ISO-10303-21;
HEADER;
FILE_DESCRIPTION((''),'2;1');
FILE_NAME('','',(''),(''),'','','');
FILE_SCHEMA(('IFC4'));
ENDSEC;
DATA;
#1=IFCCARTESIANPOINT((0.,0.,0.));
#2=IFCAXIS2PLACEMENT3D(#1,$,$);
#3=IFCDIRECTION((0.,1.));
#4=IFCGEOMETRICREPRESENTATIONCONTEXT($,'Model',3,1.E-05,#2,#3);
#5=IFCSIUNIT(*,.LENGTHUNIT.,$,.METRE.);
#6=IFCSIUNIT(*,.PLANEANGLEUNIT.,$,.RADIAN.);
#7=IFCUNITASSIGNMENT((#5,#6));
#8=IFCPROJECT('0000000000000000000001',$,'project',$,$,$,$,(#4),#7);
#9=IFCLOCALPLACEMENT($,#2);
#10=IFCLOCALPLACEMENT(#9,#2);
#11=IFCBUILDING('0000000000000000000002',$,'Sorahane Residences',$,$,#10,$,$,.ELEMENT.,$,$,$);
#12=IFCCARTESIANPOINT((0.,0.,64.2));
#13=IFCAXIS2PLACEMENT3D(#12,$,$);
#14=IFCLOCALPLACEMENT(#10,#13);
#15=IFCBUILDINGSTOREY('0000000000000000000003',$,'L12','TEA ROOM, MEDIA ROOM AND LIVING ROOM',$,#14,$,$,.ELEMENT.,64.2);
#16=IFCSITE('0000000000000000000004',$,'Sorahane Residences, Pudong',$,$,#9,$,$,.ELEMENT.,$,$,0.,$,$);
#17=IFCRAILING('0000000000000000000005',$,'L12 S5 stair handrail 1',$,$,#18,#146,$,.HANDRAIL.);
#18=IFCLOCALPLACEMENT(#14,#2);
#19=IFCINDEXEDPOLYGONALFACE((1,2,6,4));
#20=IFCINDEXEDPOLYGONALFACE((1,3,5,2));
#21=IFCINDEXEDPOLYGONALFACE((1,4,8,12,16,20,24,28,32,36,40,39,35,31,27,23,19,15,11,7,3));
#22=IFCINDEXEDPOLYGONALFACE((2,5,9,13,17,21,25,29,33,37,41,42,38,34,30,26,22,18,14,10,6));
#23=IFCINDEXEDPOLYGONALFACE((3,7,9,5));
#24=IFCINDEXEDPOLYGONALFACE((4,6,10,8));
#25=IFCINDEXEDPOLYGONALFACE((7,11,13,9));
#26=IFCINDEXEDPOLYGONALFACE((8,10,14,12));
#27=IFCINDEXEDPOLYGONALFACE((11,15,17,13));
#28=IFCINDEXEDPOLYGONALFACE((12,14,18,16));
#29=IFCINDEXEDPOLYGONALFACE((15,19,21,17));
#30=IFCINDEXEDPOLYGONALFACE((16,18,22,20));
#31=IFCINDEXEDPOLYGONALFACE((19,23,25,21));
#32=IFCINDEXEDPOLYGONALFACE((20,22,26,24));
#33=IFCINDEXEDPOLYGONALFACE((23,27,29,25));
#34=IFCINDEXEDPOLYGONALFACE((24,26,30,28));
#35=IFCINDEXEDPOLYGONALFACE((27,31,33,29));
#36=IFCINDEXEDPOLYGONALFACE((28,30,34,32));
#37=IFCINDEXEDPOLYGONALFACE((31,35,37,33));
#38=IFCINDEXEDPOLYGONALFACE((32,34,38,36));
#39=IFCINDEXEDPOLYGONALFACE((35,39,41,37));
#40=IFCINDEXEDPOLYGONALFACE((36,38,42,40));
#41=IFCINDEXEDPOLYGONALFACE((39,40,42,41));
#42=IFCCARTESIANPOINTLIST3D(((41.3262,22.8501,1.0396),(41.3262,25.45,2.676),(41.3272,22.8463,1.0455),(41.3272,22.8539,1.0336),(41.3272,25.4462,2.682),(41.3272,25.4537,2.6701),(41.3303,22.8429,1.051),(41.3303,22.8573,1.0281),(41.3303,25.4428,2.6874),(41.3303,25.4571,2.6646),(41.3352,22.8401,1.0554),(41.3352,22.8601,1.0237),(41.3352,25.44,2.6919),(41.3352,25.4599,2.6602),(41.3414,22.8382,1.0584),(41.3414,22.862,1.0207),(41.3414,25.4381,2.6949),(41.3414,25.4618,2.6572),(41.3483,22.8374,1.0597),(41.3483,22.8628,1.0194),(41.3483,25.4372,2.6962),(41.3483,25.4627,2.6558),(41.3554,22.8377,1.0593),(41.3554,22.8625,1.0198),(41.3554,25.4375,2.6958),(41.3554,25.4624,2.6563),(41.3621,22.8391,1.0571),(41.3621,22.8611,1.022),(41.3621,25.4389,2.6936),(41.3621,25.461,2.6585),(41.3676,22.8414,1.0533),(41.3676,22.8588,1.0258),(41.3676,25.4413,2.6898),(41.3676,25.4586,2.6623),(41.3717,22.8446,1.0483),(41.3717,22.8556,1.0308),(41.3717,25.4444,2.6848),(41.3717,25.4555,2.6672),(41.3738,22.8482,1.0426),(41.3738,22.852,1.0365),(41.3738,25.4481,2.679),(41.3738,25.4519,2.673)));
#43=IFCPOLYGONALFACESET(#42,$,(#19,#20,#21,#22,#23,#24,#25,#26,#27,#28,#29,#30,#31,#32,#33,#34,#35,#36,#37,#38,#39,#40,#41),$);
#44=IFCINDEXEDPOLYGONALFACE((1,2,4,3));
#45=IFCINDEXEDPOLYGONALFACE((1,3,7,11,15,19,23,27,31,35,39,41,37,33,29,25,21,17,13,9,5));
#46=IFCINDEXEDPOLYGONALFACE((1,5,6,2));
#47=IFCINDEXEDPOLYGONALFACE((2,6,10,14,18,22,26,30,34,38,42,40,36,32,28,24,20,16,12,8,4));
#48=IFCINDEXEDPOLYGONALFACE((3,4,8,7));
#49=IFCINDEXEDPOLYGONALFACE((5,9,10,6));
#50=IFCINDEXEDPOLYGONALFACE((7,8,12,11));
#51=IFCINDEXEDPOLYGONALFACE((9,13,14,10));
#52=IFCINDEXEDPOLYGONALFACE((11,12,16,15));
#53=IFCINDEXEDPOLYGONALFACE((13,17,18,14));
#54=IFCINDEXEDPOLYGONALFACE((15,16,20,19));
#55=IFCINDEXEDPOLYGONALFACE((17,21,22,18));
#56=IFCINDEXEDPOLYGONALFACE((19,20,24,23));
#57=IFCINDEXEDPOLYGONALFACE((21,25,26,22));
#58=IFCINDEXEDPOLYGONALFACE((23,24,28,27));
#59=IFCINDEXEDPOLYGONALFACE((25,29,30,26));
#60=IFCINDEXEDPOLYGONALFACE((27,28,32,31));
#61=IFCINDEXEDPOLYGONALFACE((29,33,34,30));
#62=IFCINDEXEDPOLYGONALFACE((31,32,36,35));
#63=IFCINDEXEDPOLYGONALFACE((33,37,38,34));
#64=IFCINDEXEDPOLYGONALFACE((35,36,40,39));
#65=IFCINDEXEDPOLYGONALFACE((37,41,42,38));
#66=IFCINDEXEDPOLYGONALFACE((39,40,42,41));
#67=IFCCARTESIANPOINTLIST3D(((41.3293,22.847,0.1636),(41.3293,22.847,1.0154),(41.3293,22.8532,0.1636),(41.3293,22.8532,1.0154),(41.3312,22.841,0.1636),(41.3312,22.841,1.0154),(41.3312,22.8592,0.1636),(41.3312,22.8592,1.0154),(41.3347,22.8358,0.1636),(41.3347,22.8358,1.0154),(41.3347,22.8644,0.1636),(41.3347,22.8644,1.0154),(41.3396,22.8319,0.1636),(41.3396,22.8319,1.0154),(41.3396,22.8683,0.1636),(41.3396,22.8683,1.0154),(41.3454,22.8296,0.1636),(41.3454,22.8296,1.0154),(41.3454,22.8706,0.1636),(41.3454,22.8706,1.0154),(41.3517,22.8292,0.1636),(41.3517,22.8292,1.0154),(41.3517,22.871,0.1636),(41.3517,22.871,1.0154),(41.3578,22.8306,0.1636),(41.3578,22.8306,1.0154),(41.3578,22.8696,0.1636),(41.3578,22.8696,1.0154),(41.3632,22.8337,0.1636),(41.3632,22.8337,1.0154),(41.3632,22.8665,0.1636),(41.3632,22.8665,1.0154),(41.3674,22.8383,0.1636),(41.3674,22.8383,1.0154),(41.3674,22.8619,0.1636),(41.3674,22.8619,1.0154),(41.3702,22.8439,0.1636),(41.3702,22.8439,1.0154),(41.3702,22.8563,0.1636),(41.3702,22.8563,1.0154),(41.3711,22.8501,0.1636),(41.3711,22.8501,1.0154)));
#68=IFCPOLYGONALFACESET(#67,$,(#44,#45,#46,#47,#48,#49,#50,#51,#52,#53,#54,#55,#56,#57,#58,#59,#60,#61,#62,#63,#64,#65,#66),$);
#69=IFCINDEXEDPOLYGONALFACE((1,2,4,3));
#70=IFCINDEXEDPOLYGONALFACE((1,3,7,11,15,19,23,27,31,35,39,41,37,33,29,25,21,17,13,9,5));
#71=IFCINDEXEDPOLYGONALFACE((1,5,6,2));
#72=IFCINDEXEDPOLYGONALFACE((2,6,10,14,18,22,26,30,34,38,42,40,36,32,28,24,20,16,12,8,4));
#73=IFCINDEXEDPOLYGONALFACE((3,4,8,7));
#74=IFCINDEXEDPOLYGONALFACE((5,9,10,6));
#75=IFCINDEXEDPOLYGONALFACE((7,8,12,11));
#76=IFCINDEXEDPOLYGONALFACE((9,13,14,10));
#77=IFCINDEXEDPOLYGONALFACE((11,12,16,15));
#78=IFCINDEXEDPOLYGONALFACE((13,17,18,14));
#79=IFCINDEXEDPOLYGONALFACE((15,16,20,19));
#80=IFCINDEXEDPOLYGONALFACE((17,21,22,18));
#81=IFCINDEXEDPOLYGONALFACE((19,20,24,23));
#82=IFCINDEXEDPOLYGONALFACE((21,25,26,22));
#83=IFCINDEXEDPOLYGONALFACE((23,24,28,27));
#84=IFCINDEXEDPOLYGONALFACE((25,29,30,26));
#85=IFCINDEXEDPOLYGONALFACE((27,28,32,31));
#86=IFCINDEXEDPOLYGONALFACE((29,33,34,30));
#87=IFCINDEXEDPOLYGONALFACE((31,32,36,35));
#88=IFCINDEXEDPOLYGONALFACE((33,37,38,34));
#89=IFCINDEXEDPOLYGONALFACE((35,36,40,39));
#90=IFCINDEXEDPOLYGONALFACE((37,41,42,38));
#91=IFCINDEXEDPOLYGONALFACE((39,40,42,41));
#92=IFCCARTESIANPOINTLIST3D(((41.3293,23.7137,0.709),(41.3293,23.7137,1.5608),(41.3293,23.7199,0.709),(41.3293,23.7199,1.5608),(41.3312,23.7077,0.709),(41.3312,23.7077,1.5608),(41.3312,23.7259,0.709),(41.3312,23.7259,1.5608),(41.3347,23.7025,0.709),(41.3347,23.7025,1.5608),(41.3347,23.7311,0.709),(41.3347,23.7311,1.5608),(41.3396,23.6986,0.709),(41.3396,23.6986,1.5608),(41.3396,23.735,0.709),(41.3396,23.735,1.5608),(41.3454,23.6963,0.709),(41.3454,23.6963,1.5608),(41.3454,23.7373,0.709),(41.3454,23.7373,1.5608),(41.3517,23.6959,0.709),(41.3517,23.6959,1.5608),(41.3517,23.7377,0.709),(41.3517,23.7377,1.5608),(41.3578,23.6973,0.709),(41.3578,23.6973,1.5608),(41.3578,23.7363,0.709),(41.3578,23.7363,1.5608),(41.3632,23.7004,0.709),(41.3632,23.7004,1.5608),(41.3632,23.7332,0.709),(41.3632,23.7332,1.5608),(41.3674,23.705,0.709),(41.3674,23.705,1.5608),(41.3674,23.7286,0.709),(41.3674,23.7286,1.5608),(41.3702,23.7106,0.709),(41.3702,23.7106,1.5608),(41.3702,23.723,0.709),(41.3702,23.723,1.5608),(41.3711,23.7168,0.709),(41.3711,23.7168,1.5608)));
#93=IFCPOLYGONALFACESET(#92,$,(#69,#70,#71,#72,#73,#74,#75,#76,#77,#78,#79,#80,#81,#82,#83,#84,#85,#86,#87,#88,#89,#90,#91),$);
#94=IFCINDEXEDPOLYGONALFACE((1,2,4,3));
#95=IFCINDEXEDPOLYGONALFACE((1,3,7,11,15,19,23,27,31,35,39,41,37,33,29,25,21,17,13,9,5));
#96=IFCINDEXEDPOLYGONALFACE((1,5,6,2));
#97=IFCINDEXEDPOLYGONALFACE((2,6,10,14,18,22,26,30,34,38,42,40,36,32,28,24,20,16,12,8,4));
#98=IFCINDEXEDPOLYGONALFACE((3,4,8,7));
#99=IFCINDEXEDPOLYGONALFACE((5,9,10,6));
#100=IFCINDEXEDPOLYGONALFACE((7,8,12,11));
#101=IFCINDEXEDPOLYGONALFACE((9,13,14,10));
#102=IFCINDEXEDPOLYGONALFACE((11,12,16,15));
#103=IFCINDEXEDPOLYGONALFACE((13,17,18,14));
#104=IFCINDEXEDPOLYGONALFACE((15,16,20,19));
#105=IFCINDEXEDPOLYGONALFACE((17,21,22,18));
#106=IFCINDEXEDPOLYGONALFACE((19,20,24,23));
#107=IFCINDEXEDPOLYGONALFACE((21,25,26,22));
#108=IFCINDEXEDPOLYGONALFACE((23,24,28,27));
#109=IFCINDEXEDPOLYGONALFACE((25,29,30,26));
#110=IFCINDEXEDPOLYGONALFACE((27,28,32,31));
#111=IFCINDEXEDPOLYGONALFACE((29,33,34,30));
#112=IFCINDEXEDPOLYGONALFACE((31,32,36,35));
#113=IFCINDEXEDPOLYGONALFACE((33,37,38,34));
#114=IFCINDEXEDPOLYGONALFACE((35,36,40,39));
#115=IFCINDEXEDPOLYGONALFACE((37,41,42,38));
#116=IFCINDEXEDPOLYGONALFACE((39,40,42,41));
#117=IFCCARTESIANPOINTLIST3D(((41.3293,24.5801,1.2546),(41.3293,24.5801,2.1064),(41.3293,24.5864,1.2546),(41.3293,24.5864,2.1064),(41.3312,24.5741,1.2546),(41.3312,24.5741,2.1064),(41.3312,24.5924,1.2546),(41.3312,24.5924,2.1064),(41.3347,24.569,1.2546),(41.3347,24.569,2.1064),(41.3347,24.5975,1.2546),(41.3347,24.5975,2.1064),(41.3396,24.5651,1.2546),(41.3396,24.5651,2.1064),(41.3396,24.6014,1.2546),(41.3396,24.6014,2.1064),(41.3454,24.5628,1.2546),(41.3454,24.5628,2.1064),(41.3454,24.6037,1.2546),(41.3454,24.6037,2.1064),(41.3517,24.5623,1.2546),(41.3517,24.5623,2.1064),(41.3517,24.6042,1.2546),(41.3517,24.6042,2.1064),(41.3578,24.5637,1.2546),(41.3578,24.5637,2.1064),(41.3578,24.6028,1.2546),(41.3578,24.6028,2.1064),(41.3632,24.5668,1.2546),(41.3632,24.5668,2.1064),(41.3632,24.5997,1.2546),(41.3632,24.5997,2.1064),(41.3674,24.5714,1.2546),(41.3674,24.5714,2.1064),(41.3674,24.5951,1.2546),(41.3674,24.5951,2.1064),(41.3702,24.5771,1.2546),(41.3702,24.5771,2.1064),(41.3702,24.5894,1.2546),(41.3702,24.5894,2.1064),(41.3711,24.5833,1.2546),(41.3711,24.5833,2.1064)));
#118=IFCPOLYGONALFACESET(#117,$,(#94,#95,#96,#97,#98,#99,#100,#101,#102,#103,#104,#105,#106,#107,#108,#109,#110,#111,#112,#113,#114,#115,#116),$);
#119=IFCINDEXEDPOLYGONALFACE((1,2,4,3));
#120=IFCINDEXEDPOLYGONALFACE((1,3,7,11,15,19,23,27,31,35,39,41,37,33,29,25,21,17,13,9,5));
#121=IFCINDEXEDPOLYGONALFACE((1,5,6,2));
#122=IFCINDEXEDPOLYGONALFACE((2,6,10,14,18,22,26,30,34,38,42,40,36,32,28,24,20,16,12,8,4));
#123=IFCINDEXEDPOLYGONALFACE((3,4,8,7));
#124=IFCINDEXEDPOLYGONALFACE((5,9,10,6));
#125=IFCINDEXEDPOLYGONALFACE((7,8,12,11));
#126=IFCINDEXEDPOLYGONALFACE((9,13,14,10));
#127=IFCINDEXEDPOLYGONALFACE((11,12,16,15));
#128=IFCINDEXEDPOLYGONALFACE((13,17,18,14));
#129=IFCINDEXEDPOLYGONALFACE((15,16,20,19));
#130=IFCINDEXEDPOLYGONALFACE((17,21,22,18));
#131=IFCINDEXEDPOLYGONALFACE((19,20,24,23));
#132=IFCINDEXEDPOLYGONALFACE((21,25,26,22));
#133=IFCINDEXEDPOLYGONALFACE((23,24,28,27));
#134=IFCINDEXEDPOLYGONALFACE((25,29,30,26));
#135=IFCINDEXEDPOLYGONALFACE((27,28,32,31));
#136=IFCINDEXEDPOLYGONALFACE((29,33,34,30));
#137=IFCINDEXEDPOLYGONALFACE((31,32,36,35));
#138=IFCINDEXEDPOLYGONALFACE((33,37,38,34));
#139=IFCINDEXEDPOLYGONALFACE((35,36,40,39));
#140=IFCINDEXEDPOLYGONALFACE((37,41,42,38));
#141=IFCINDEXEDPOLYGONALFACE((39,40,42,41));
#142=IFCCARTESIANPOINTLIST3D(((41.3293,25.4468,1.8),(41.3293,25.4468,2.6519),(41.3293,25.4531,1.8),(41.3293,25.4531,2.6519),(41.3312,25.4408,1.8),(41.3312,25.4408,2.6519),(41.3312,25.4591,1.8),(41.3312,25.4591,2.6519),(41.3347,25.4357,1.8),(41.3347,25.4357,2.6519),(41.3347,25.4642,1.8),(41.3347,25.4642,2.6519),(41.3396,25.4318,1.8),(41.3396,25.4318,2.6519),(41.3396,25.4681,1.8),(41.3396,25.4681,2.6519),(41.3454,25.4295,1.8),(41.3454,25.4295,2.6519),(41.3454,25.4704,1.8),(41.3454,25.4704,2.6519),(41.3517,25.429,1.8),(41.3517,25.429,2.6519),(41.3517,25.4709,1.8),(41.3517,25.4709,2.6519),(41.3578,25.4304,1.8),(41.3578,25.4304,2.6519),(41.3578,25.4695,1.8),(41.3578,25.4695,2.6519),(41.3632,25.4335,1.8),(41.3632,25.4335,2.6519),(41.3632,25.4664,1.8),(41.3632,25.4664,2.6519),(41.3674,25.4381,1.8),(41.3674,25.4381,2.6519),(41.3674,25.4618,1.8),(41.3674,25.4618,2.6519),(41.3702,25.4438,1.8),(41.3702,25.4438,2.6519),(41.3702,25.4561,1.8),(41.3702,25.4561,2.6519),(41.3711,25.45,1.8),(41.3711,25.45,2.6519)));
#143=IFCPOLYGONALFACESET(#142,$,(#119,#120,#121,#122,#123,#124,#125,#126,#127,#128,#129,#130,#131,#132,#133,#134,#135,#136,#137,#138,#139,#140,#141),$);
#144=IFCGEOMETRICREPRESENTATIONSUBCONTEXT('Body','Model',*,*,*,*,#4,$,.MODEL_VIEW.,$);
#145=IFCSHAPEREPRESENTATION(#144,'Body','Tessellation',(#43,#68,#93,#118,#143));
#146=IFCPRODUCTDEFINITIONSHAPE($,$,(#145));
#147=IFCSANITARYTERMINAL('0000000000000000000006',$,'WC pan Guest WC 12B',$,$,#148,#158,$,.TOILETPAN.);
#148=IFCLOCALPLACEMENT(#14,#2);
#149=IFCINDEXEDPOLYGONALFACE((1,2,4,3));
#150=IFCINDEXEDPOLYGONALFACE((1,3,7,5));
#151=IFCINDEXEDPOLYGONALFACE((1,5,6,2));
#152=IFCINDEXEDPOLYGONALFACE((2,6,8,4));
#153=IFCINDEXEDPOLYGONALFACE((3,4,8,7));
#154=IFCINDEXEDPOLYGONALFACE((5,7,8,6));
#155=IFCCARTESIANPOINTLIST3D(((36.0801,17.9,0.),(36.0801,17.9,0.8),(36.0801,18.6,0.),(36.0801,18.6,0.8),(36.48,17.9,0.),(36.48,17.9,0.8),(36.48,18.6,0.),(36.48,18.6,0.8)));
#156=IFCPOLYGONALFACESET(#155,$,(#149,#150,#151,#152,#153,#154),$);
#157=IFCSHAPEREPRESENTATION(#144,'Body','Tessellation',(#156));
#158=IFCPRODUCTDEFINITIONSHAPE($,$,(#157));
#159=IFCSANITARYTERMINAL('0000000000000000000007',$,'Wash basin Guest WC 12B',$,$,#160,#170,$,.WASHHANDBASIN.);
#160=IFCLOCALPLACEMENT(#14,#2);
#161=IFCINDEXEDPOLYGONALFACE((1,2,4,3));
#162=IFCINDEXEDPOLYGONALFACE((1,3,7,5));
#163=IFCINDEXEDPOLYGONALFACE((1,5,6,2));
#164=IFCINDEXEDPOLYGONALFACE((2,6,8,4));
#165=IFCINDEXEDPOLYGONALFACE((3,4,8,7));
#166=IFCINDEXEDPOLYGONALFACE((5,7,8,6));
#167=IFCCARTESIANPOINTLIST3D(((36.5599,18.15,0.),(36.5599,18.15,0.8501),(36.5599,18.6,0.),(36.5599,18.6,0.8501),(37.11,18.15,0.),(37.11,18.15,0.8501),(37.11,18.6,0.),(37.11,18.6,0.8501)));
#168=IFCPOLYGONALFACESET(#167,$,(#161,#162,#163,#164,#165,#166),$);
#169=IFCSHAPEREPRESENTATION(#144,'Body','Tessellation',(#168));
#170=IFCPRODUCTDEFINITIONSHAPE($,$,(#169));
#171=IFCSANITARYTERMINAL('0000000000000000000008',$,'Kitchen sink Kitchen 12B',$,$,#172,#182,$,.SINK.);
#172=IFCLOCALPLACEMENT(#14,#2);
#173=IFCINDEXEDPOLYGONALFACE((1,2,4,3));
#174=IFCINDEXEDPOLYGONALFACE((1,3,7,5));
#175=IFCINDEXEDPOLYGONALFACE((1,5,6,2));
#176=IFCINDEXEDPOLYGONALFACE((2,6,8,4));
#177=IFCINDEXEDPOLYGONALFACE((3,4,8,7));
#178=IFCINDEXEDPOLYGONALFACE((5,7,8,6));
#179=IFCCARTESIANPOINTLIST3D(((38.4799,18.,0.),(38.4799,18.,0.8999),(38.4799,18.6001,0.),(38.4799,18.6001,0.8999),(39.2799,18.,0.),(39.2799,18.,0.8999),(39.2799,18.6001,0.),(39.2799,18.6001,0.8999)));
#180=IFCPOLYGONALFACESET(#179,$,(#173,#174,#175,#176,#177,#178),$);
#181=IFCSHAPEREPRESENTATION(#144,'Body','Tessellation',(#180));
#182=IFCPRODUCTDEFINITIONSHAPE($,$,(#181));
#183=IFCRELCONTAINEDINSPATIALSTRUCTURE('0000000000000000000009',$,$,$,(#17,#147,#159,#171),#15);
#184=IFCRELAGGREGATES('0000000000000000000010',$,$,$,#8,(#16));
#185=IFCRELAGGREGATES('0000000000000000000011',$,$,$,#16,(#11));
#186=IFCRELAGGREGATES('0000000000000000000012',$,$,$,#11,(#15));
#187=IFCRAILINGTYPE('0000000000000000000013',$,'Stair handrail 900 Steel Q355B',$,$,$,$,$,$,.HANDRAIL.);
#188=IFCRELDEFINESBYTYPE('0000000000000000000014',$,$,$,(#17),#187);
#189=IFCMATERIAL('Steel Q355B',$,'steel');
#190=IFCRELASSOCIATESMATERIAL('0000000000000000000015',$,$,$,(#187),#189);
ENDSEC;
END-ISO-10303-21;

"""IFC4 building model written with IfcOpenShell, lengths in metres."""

from ifc_helpers import new_model, si_unit, direction, frame, origin, origin_2d, place, context, subcontext, project, spatial, rectangle, circle, extrude, material, type_object, element, save


model = new_model("IFC4")

# Units and contexts
model_context = context("Model", 3, precision=1e-05, world=origin(), true_north=direction((0.0, 1.0)))
body_context = subcontext(model_context, "Body", "Model", "MODEL_VIEW")
ifc_project = project(units=[si_unit("LENGTHUNIT", "METRE"), si_unit("PLANEANGLEUNIT", "RADIAN")], contexts=[model_context])

# Site, building, storey
site_placement = place(None, origin())
site = spatial("IfcSite", under=ifc_project, at=site_placement, Name="Sorahane Residences, Pudong", CompositionType="ELEMENT", RefElevation=0.0)
building_placement = place(site_placement, origin())
building = spatial("IfcBuilding", under=site, at=building_placement, Name="Sorahane Residences", CompositionType="ELEMENT")
storey_placement = place(building_placement, frame((0.0, 0.0, 64.2)))
storey = spatial("IfcBuildingStorey", under=building, at=storey_placement, Name="L12", Description="TEA ROOM, MEDIA ROOM AND LIVING ROOM", CompositionType="ELEMENT", Elevation=64.2)

# Railing
ifc_material_1 = material(Name="Steel Q355B", Category="steel")
railing_type_1 = type_object("IfcRailingType", Name="Stair handrail 900 Steel Q355B", PredefinedType="HANDRAIL", material=ifc_material_1)
railing_1_placement = place(storey_placement, frame((41.3501, 22.8501, 0.1636)))
element("IfcRailing", 1, at=railing_1_placement, inside=storey, type_object=railing_type_1, Name="L12 S5 stair handrail 1", PredefinedType="HANDRAIL", context=body_context, shape_type="SweptSolid", body=[
    extrude(circle(Radius=0.0239, at=origin_2d()), frame((0.0, 0.0, 0.876), z_axis=(0.0, 0.846302, 0.532704), x_axis=(-1.0, 0.0, 0.0)), (0.0, 0.0, 1.0), 3.072),
    extrude(circle(Radius=0.021, at=origin_2d()), origin(), (0.0, 0.0, 1.0), 0.8518),
    extrude(circle(Radius=0.021, at=origin_2d()), frame((0.0, 0.8667, 0.5454)), (0.0, 0.0, 1.0), 0.8518),
    extrude(circle(Radius=0.021, at=origin_2d()), frame((0.0, 1.7332, 1.0911)), (0.0, 0.0, 1.0), 0.8518),
    extrude(circle(Radius=0.021, at=origin_2d()), frame((0.0, 2.5999, 1.6365)), (0.0, 0.0, 1.0), 0.8518),
])

# Sanitary terminals
sanitary_terminal_1_placement = place(storey_placement, frame((36.28, 18.25, 0.0), z_axis=(0.0, 0.0, 1.0), x_axis=(1.0, 0.0, 0.0)))
element("IfcSanitaryTerminal", 2, at=sanitary_terminal_1_placement, inside=storey, Name="WC pan Guest WC 12B", PredefinedType="TOILETPAN", context=body_context, shape_type="SweptSolid", body=[
    extrude(rectangle(XDim=0.3999, YDim=0.7, at=origin_2d()), origin(), (0.0, 0.0, 1.0), 0.8),
])
sanitary_terminal_2_placement = place(storey_placement, frame((36.835, 18.375, 0.0), z_axis=(0.0, 0.0, 1.0), x_axis=(1.0, 0.0, 0.0)))
element("IfcSanitaryTerminal", 3, at=sanitary_terminal_2_placement, inside=storey, Name="Wash basin Guest WC 12B", PredefinedType="WASHHANDBASIN", context=body_context, shape_type="SweptSolid", body=[
    extrude(rectangle(XDim=0.55, YDim=0.45, at=origin_2d()), origin(), (0.0, 0.0, 1.0), 0.8501),
])
sanitary_terminal_3_placement = place(storey_placement, frame((38.8799, 18.3, 0.0), z_axis=(0.0, 0.0, 1.0), x_axis=(1.0, 0.0, 0.0)))
element("IfcSanitaryTerminal", 4, at=sanitary_terminal_3_placement, inside=storey, Name="Kitchen sink Kitchen 12B", PredefinedType="SINK", context=body_context, shape_type="SweptSolid", body=[
    extrude(rectangle(XDim=0.8, YDim=0.6001, at=origin_2d()), origin(), (0.0, 0.0, 1.0), 0.8999),
])

save(model, "model.ifc")
